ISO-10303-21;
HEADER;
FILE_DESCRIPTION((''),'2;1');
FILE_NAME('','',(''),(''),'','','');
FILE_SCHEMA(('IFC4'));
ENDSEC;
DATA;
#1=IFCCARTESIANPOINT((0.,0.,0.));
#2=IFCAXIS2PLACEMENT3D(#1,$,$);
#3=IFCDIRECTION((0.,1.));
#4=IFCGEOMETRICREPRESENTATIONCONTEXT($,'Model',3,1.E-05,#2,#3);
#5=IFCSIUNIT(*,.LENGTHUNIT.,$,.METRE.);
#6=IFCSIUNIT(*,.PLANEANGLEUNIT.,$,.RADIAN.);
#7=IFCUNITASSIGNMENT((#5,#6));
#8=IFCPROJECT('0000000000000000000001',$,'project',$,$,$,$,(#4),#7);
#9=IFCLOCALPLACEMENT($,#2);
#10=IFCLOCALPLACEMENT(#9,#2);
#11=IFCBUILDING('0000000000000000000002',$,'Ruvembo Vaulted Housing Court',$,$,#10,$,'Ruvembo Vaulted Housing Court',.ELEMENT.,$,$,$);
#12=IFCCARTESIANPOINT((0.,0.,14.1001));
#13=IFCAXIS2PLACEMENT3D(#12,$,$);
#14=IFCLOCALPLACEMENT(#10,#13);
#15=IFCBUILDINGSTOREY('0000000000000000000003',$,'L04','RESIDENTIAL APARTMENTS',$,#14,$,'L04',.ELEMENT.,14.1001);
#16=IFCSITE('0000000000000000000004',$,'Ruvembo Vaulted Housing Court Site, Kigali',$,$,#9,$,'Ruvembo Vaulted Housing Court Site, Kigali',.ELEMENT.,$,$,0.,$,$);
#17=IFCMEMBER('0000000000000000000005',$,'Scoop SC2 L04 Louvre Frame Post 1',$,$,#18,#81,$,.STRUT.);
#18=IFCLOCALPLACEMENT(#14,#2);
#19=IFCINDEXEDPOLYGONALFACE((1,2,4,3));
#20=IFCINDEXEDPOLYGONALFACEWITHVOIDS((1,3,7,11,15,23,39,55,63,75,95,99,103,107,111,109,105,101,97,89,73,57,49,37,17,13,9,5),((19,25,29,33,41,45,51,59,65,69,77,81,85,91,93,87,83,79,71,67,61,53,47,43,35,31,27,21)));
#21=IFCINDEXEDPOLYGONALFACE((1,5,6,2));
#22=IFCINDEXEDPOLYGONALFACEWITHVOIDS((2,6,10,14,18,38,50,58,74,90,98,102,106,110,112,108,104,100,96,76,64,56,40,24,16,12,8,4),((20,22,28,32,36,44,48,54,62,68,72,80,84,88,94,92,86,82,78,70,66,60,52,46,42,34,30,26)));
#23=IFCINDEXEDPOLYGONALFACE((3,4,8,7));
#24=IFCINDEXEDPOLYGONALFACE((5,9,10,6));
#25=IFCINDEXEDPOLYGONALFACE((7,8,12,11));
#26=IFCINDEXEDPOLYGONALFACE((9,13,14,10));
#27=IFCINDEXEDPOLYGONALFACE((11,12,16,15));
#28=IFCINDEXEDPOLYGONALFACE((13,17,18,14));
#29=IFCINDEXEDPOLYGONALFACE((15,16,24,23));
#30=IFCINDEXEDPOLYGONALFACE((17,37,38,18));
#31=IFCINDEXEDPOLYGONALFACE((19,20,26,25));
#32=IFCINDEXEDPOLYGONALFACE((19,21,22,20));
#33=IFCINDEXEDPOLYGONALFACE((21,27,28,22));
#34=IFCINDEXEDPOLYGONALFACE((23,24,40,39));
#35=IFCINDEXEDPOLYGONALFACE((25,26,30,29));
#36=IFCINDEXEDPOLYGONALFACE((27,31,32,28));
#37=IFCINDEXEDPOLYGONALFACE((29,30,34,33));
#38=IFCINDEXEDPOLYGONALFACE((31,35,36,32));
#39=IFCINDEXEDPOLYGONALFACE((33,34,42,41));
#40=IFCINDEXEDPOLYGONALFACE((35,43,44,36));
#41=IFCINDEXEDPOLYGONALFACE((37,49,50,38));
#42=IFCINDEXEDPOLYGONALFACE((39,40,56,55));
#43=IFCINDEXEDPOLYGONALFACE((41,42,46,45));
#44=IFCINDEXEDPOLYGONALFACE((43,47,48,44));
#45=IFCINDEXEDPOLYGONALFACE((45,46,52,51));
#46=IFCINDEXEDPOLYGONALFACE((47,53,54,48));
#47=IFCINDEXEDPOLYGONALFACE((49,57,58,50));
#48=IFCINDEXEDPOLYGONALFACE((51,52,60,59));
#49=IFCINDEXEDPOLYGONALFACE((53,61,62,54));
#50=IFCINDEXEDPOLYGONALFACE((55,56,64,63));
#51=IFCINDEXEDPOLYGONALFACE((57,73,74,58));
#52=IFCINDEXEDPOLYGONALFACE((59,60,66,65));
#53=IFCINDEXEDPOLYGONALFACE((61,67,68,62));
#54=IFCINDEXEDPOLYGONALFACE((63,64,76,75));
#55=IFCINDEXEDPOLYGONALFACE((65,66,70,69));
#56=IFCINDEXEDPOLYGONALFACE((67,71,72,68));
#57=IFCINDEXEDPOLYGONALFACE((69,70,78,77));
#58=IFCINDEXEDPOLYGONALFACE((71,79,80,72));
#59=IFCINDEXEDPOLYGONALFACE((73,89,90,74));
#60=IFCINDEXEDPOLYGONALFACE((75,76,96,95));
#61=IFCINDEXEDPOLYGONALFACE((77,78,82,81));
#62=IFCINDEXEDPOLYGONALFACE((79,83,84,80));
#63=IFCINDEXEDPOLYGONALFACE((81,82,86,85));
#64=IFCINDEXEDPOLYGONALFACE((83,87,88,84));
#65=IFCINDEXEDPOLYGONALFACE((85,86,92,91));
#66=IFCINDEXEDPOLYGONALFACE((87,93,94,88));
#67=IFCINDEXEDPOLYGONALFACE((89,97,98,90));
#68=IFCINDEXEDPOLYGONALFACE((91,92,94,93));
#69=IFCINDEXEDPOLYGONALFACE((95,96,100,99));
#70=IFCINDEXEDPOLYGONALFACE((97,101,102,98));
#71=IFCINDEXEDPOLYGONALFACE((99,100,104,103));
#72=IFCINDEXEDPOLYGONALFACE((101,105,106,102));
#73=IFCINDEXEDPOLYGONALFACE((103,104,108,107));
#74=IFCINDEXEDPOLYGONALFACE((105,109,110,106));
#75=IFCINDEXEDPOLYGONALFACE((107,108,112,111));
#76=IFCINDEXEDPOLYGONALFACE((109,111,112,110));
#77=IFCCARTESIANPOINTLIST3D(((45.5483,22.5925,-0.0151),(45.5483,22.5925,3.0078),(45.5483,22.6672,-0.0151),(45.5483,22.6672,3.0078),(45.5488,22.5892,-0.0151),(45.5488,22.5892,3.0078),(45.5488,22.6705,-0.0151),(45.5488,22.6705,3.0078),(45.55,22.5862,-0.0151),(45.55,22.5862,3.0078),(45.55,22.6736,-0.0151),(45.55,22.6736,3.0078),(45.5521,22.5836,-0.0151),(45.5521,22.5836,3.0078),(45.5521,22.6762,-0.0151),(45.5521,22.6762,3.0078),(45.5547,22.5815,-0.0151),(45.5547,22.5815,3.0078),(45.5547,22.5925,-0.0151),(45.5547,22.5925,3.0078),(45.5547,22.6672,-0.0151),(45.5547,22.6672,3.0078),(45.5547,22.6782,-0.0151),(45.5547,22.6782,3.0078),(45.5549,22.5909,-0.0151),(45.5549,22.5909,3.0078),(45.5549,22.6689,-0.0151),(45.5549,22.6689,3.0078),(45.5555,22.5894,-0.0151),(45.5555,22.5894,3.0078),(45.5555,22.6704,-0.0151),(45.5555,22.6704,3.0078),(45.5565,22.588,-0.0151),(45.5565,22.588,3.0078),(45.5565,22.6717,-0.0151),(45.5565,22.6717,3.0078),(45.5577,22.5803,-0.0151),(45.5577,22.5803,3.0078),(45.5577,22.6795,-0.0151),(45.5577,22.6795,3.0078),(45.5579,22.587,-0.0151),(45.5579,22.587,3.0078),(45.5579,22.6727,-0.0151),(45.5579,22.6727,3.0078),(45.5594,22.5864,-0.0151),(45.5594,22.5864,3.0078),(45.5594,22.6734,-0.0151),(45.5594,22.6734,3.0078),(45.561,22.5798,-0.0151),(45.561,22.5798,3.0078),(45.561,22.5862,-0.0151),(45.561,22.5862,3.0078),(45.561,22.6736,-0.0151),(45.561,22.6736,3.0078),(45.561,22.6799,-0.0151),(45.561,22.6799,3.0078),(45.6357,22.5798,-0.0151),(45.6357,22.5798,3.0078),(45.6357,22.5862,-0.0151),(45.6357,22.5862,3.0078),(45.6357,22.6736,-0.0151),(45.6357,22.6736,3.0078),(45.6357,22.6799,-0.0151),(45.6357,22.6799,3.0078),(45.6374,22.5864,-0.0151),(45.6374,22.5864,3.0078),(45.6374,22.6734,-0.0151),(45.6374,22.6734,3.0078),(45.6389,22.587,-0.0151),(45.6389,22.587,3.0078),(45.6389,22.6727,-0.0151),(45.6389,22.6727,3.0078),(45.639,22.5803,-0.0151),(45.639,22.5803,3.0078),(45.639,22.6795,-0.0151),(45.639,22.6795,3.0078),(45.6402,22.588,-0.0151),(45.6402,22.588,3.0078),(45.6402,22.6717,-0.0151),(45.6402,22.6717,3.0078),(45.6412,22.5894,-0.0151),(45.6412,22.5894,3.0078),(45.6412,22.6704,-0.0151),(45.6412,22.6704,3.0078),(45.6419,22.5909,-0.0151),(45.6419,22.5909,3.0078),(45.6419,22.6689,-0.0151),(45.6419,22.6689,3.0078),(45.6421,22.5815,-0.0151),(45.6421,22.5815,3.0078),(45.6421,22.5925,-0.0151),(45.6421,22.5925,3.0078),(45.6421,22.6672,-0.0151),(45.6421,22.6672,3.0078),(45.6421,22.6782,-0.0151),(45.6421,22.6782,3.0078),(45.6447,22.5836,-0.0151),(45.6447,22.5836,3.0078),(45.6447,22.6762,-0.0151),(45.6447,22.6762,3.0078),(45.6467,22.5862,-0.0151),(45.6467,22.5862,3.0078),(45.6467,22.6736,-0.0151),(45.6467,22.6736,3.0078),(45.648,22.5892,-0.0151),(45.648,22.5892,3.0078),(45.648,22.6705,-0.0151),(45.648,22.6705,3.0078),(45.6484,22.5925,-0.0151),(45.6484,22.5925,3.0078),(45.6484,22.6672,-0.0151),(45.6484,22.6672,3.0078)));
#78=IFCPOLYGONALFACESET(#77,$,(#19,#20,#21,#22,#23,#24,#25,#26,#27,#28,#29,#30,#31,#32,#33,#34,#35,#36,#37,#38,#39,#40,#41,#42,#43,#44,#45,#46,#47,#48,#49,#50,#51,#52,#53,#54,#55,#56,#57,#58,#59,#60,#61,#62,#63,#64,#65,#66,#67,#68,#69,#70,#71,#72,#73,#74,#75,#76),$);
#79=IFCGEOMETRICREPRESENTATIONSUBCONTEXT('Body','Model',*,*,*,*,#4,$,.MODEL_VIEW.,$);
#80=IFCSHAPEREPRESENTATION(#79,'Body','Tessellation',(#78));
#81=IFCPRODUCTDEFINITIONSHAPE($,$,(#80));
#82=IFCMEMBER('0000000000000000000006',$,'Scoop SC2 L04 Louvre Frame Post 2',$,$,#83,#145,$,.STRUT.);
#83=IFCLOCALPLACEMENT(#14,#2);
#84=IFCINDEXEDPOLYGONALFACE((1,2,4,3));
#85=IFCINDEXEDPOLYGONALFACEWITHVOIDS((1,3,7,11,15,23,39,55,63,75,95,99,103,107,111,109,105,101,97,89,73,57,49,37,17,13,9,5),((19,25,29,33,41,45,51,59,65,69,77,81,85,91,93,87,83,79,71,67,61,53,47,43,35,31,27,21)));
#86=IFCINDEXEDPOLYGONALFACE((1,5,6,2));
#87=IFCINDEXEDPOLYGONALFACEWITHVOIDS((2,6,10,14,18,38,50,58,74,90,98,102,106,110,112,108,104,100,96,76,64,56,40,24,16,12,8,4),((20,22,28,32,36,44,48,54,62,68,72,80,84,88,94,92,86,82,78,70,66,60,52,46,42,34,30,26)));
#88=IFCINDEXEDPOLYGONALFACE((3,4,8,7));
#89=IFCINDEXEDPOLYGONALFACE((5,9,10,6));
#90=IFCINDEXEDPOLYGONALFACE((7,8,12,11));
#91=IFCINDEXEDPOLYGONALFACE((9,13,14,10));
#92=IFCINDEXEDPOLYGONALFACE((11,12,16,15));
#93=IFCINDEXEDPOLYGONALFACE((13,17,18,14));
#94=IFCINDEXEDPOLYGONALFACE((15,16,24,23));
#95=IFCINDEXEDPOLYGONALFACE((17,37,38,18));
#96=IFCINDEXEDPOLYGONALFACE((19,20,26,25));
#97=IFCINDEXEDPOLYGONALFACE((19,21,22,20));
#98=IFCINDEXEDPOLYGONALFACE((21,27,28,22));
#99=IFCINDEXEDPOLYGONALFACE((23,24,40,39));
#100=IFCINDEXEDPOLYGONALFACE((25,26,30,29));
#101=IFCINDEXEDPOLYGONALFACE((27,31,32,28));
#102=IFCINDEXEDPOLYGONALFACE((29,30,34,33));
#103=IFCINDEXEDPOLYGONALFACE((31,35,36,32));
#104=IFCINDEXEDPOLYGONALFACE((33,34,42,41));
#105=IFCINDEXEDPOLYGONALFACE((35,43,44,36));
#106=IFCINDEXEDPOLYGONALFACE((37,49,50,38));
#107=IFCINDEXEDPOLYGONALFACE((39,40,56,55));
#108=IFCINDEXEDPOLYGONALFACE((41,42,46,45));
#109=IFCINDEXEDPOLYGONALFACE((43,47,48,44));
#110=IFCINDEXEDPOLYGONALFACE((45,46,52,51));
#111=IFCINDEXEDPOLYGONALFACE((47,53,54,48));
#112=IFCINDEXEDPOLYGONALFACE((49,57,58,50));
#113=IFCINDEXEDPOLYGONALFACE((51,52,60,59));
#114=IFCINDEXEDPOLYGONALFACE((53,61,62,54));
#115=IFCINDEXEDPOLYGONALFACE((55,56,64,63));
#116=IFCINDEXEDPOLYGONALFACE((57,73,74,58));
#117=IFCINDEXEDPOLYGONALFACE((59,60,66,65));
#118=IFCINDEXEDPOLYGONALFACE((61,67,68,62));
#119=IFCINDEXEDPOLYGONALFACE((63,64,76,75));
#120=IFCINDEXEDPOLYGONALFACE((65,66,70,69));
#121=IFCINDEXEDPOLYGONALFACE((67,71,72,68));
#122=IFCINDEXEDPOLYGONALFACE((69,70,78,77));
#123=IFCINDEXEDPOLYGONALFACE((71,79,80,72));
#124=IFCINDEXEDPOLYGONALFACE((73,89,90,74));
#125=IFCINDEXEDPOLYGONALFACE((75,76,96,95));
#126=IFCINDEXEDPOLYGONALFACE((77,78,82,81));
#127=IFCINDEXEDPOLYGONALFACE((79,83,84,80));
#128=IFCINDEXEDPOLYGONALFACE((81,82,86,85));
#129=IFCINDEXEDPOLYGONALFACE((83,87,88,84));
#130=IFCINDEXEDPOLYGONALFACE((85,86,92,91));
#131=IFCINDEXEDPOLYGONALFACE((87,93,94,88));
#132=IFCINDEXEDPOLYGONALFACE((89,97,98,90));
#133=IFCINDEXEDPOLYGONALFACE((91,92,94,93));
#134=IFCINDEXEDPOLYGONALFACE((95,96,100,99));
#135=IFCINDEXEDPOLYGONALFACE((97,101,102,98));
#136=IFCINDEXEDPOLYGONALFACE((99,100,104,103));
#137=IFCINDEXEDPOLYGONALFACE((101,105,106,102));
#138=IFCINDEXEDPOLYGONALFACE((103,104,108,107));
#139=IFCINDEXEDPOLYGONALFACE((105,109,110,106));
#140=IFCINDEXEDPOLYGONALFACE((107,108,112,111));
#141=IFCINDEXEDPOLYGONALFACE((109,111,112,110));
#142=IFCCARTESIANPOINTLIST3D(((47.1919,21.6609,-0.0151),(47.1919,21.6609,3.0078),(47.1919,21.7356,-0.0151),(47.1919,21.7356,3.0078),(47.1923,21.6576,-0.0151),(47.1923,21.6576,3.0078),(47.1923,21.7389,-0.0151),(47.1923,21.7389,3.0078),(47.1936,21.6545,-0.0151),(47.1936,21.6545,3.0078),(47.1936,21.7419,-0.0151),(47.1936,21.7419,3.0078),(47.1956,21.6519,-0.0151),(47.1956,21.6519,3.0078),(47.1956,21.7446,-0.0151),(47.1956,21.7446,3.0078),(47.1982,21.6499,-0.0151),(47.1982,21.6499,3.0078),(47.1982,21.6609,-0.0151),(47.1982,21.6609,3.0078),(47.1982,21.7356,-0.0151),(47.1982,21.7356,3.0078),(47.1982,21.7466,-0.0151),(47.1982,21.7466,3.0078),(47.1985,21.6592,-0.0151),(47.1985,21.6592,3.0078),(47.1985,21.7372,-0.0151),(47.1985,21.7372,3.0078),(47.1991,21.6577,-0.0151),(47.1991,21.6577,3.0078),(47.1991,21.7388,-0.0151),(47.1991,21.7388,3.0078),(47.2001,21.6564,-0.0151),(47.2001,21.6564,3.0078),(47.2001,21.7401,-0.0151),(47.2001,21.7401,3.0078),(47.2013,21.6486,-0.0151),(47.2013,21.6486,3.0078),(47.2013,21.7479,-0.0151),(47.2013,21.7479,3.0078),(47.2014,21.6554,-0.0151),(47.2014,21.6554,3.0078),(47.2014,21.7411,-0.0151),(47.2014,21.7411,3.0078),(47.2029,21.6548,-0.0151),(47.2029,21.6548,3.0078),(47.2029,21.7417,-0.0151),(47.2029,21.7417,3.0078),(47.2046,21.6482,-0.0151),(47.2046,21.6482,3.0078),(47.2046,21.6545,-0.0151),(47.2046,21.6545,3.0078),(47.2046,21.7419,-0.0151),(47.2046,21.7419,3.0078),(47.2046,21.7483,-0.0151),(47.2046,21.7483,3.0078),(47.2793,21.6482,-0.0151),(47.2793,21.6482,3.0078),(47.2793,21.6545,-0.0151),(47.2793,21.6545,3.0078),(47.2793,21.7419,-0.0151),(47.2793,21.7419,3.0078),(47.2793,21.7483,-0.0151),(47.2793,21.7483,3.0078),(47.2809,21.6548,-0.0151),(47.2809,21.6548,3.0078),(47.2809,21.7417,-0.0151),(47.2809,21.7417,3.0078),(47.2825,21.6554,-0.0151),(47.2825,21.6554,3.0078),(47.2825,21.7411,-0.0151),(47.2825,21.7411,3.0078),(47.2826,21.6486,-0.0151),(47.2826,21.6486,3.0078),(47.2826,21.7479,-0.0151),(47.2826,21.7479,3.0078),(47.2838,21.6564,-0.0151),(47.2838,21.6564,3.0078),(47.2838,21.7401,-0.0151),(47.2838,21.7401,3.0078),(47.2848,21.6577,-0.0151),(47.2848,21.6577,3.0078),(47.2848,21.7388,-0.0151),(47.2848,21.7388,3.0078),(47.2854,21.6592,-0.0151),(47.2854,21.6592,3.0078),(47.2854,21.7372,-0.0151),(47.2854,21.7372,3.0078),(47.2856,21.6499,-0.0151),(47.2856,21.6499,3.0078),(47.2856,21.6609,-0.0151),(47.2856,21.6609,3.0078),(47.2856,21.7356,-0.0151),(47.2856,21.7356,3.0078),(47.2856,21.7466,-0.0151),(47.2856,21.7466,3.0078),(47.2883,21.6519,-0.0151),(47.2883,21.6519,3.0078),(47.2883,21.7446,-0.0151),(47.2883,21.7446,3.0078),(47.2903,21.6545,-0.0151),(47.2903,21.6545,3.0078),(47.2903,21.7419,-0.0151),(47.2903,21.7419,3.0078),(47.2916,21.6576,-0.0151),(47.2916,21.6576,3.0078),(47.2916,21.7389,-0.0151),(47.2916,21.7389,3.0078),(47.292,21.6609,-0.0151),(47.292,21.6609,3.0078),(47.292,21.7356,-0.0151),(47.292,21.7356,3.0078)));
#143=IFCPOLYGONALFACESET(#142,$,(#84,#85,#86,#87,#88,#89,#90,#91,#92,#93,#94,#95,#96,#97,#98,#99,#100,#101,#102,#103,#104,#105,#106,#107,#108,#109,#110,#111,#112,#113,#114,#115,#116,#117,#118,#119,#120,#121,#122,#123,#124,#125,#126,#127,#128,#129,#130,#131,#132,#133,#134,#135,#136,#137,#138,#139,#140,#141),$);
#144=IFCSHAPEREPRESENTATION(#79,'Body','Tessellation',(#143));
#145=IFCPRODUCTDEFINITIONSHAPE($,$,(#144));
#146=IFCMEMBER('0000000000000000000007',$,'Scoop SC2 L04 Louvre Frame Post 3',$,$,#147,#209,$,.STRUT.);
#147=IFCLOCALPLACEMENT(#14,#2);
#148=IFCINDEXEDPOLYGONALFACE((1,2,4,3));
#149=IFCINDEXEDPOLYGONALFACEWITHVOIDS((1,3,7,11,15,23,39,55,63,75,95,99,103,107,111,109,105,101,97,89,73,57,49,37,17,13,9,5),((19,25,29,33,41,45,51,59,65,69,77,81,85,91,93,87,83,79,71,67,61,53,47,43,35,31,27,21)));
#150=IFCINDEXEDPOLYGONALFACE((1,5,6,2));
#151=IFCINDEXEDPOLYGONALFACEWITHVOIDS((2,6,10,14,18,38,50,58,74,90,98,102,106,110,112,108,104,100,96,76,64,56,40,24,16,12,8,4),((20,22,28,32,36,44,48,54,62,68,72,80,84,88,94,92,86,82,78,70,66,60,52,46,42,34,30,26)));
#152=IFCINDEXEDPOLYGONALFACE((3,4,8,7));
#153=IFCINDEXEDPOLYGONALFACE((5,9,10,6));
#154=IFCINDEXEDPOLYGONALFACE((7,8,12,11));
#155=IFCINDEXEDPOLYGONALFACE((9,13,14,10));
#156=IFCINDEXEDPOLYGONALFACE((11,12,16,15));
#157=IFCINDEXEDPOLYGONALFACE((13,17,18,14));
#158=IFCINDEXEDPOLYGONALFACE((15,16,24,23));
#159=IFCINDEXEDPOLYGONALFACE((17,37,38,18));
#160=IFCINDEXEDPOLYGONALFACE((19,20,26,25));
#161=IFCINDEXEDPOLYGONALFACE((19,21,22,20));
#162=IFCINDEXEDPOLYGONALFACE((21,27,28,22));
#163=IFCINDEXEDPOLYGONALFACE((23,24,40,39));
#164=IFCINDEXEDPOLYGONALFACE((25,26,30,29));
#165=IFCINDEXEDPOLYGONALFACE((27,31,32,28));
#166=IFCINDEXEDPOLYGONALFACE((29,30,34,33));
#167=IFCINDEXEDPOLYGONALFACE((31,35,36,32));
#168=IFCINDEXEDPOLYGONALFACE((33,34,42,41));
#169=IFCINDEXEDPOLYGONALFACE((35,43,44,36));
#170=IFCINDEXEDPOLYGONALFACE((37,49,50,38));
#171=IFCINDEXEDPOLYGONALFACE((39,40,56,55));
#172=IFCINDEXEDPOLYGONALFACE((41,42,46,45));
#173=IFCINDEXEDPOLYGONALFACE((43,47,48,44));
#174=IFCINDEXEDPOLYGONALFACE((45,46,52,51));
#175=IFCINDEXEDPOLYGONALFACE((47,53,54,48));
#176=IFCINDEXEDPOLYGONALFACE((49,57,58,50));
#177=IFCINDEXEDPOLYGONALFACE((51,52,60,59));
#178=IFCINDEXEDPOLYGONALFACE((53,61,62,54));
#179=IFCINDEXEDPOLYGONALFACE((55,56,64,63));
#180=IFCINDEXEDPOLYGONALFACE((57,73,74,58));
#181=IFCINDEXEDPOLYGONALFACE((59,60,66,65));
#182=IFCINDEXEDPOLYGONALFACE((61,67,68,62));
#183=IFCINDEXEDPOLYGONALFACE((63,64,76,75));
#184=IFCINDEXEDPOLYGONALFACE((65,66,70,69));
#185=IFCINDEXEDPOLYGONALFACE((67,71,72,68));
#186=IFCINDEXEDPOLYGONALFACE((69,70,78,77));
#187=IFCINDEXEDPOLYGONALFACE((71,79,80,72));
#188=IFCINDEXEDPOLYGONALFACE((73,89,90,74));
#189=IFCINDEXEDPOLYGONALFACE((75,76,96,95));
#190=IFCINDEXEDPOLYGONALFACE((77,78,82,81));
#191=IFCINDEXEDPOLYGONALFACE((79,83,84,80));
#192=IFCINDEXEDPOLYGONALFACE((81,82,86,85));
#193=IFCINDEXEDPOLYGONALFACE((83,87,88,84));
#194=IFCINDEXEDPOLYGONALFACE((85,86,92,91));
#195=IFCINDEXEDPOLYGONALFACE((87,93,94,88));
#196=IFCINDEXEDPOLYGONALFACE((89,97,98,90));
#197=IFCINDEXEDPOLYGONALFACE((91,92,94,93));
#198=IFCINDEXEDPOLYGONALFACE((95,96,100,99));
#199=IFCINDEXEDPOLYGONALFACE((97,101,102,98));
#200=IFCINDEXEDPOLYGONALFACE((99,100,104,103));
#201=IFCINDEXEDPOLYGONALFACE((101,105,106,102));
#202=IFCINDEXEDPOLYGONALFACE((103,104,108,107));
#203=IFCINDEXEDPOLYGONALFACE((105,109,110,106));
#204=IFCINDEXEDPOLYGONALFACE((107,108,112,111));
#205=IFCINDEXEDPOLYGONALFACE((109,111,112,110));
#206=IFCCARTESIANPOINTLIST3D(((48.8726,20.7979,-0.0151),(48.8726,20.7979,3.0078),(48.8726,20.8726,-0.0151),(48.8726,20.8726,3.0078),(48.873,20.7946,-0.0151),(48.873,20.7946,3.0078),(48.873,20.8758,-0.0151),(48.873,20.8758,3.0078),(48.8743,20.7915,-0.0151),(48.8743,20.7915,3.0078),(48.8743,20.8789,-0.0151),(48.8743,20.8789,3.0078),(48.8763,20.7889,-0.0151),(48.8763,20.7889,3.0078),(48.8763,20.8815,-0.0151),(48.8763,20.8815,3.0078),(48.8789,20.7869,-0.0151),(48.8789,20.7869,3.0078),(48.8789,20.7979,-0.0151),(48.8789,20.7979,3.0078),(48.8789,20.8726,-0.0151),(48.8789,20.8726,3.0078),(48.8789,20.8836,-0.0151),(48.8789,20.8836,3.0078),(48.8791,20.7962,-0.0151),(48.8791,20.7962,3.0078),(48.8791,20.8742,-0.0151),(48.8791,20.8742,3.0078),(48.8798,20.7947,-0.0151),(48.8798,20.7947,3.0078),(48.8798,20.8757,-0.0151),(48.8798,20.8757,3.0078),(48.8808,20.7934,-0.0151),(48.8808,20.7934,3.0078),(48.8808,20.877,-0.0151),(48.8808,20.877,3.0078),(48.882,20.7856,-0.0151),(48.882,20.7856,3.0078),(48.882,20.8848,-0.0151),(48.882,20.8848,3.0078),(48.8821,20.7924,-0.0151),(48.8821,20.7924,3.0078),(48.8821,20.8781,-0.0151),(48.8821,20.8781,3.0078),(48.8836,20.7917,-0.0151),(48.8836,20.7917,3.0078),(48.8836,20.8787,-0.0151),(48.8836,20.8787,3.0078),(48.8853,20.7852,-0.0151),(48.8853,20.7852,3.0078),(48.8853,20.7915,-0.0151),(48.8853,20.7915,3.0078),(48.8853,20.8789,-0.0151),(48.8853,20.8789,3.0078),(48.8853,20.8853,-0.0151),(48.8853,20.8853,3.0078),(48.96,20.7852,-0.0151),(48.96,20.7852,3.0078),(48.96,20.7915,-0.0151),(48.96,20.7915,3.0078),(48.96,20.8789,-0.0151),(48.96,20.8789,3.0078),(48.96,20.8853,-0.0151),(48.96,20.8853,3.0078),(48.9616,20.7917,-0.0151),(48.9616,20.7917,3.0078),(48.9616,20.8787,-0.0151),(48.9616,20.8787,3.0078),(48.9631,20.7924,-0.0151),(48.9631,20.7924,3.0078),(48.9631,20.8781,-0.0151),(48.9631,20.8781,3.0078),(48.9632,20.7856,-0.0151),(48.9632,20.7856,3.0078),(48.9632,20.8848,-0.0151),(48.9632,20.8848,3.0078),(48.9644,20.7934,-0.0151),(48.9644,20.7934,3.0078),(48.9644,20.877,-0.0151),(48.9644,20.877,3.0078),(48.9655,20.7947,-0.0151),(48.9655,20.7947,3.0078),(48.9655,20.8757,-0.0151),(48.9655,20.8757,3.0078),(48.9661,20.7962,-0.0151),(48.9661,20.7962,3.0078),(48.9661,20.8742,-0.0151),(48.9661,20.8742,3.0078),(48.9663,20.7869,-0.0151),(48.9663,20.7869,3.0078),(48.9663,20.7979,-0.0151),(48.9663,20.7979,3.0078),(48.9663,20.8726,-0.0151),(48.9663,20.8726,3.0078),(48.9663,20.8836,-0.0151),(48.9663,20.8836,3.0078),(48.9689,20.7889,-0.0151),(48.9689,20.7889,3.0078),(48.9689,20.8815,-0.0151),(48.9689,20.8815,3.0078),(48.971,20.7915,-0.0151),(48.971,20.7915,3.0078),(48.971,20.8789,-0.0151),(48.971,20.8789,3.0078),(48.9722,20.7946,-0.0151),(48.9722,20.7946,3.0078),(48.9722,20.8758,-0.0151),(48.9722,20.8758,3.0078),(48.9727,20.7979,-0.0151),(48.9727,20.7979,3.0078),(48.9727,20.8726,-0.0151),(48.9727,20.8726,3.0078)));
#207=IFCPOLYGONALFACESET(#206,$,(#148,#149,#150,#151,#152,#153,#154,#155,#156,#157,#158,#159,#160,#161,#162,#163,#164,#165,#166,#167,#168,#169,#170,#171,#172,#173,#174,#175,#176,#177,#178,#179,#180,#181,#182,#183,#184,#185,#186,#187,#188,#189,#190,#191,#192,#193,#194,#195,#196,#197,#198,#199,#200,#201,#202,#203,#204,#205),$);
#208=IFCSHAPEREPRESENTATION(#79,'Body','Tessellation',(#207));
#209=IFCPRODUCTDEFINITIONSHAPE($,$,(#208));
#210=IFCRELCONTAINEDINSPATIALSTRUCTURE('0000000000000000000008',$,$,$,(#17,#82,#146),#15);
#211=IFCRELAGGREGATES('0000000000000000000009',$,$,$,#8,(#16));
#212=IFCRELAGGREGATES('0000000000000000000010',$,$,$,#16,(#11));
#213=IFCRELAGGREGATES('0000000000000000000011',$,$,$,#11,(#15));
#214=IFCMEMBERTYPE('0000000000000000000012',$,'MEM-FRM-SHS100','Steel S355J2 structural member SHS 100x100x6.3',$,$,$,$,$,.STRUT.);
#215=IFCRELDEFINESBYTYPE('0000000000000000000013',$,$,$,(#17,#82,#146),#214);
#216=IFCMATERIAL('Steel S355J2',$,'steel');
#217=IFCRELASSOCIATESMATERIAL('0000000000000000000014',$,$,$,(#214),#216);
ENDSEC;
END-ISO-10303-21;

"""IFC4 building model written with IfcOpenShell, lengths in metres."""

from ifc_helpers import new_model, si_unit, direction, frame, origin, origin_2d, place, context, subcontext, project, spatial, hollow_rectangle, extrude, material, material_profile, profile_set, type_object, element, save


model = new_model("IFC4")

# Units and contexts
model_context = context("Model", 3, precision=1e-05, world=origin(), true_north=direction((0.0, 1.0)))
body_context = subcontext(model_context, "Body", "Model", "MODEL_VIEW")
ifc_project = project(units=[si_unit("LENGTHUNIT", "METRE"), si_unit("PLANEANGLEUNIT", "RADIAN")], contexts=[model_context])

# Site, building, storey
site_placement = place(None, origin())
site = spatial("IfcSite", under=ifc_project, at=site_placement, Name="Ruvembo Vaulted Housing Court Site, Kigali", LongName="Ruvembo Vaulted Housing Court Site, Kigali", CompositionType="ELEMENT", RefElevation=0.0)
building_placement = place(site_placement, origin())
building = spatial("IfcBuilding", under=site, at=building_placement, Name="Ruvembo Vaulted Housing Court", LongName="Ruvembo Vaulted Housing Court", CompositionType="ELEMENT")
storey_placement = place(building_placement, frame((0.0, 0.0, 14.1001)))
storey = spatial("IfcBuildingStorey", under=building, at=storey_placement, Name="L04", Description="RESIDENTIAL APARTMENTS", LongName="L04", CompositionType="ELEMENT", Elevation=14.1001)

# Shared definitions
ifc_material_1 = material(Name="Steel S355J2", Category="steel")

# Members
ifc_material_profile_1 = material_profile(ifc_material_1, hollow_rectangle(XDim=0.1001, YDim=0.1001, WallThickness=0.0063, InnerFilletRadius=0.0063, OuterFilletRadius=0.0127, at=origin_2d()), Name="SHS 100x100x6.3")
ifc_profile_set_1 = profile_set([ifc_material_profile_1], Name="Steel S355J2")
member_type_1 = type_object("IfcMemberType", Name="MEM-FRM-SHS100", Description="Steel S355J2 structural member SHS 100x100x6.3", PredefinedType="STRUT", material=ifc_profile_set_1)
for number, where, z_axis, x_axis, name in (
    (1, (45.5984, 22.6299, -0.0151), (0.0, 0.0, 1.0), (1.0, 0.0, 0.0), "Scoop SC2 L04 Louvre Frame Post 1"),
    (2, (47.2419, 21.6982, -0.0151), (0.0, 0.0, 1.0), (1.0, 0.0, 0.0), "Scoop SC2 L04 Louvre Frame Post 2"),
    (3, (48.9226, 20.8352, -0.0151), (0.0, 0.0, 1.0), (1.0, 0.0, 0.0), "Scoop SC2 L04 Louvre Frame Post 3"),
):
    element("IfcMember", number, at=place(storey_placement, frame(where, z_axis=z_axis, x_axis=x_axis)), inside=storey, type_object=member_type_1, Name=name, PredefinedType="STRUT", context=body_context, shape_type="SweptSolid", body=[
        extrude(hollow_rectangle(XDim=0.1001, YDim=0.1001, WallThickness=0.0063, InnerFilletRadius=0.0063, OuterFilletRadius=0.0127, at=origin_2d()), origin(), (0.0, 0.0, 1.0), 3.0229),
    ])

save(model, "model.ifc")
